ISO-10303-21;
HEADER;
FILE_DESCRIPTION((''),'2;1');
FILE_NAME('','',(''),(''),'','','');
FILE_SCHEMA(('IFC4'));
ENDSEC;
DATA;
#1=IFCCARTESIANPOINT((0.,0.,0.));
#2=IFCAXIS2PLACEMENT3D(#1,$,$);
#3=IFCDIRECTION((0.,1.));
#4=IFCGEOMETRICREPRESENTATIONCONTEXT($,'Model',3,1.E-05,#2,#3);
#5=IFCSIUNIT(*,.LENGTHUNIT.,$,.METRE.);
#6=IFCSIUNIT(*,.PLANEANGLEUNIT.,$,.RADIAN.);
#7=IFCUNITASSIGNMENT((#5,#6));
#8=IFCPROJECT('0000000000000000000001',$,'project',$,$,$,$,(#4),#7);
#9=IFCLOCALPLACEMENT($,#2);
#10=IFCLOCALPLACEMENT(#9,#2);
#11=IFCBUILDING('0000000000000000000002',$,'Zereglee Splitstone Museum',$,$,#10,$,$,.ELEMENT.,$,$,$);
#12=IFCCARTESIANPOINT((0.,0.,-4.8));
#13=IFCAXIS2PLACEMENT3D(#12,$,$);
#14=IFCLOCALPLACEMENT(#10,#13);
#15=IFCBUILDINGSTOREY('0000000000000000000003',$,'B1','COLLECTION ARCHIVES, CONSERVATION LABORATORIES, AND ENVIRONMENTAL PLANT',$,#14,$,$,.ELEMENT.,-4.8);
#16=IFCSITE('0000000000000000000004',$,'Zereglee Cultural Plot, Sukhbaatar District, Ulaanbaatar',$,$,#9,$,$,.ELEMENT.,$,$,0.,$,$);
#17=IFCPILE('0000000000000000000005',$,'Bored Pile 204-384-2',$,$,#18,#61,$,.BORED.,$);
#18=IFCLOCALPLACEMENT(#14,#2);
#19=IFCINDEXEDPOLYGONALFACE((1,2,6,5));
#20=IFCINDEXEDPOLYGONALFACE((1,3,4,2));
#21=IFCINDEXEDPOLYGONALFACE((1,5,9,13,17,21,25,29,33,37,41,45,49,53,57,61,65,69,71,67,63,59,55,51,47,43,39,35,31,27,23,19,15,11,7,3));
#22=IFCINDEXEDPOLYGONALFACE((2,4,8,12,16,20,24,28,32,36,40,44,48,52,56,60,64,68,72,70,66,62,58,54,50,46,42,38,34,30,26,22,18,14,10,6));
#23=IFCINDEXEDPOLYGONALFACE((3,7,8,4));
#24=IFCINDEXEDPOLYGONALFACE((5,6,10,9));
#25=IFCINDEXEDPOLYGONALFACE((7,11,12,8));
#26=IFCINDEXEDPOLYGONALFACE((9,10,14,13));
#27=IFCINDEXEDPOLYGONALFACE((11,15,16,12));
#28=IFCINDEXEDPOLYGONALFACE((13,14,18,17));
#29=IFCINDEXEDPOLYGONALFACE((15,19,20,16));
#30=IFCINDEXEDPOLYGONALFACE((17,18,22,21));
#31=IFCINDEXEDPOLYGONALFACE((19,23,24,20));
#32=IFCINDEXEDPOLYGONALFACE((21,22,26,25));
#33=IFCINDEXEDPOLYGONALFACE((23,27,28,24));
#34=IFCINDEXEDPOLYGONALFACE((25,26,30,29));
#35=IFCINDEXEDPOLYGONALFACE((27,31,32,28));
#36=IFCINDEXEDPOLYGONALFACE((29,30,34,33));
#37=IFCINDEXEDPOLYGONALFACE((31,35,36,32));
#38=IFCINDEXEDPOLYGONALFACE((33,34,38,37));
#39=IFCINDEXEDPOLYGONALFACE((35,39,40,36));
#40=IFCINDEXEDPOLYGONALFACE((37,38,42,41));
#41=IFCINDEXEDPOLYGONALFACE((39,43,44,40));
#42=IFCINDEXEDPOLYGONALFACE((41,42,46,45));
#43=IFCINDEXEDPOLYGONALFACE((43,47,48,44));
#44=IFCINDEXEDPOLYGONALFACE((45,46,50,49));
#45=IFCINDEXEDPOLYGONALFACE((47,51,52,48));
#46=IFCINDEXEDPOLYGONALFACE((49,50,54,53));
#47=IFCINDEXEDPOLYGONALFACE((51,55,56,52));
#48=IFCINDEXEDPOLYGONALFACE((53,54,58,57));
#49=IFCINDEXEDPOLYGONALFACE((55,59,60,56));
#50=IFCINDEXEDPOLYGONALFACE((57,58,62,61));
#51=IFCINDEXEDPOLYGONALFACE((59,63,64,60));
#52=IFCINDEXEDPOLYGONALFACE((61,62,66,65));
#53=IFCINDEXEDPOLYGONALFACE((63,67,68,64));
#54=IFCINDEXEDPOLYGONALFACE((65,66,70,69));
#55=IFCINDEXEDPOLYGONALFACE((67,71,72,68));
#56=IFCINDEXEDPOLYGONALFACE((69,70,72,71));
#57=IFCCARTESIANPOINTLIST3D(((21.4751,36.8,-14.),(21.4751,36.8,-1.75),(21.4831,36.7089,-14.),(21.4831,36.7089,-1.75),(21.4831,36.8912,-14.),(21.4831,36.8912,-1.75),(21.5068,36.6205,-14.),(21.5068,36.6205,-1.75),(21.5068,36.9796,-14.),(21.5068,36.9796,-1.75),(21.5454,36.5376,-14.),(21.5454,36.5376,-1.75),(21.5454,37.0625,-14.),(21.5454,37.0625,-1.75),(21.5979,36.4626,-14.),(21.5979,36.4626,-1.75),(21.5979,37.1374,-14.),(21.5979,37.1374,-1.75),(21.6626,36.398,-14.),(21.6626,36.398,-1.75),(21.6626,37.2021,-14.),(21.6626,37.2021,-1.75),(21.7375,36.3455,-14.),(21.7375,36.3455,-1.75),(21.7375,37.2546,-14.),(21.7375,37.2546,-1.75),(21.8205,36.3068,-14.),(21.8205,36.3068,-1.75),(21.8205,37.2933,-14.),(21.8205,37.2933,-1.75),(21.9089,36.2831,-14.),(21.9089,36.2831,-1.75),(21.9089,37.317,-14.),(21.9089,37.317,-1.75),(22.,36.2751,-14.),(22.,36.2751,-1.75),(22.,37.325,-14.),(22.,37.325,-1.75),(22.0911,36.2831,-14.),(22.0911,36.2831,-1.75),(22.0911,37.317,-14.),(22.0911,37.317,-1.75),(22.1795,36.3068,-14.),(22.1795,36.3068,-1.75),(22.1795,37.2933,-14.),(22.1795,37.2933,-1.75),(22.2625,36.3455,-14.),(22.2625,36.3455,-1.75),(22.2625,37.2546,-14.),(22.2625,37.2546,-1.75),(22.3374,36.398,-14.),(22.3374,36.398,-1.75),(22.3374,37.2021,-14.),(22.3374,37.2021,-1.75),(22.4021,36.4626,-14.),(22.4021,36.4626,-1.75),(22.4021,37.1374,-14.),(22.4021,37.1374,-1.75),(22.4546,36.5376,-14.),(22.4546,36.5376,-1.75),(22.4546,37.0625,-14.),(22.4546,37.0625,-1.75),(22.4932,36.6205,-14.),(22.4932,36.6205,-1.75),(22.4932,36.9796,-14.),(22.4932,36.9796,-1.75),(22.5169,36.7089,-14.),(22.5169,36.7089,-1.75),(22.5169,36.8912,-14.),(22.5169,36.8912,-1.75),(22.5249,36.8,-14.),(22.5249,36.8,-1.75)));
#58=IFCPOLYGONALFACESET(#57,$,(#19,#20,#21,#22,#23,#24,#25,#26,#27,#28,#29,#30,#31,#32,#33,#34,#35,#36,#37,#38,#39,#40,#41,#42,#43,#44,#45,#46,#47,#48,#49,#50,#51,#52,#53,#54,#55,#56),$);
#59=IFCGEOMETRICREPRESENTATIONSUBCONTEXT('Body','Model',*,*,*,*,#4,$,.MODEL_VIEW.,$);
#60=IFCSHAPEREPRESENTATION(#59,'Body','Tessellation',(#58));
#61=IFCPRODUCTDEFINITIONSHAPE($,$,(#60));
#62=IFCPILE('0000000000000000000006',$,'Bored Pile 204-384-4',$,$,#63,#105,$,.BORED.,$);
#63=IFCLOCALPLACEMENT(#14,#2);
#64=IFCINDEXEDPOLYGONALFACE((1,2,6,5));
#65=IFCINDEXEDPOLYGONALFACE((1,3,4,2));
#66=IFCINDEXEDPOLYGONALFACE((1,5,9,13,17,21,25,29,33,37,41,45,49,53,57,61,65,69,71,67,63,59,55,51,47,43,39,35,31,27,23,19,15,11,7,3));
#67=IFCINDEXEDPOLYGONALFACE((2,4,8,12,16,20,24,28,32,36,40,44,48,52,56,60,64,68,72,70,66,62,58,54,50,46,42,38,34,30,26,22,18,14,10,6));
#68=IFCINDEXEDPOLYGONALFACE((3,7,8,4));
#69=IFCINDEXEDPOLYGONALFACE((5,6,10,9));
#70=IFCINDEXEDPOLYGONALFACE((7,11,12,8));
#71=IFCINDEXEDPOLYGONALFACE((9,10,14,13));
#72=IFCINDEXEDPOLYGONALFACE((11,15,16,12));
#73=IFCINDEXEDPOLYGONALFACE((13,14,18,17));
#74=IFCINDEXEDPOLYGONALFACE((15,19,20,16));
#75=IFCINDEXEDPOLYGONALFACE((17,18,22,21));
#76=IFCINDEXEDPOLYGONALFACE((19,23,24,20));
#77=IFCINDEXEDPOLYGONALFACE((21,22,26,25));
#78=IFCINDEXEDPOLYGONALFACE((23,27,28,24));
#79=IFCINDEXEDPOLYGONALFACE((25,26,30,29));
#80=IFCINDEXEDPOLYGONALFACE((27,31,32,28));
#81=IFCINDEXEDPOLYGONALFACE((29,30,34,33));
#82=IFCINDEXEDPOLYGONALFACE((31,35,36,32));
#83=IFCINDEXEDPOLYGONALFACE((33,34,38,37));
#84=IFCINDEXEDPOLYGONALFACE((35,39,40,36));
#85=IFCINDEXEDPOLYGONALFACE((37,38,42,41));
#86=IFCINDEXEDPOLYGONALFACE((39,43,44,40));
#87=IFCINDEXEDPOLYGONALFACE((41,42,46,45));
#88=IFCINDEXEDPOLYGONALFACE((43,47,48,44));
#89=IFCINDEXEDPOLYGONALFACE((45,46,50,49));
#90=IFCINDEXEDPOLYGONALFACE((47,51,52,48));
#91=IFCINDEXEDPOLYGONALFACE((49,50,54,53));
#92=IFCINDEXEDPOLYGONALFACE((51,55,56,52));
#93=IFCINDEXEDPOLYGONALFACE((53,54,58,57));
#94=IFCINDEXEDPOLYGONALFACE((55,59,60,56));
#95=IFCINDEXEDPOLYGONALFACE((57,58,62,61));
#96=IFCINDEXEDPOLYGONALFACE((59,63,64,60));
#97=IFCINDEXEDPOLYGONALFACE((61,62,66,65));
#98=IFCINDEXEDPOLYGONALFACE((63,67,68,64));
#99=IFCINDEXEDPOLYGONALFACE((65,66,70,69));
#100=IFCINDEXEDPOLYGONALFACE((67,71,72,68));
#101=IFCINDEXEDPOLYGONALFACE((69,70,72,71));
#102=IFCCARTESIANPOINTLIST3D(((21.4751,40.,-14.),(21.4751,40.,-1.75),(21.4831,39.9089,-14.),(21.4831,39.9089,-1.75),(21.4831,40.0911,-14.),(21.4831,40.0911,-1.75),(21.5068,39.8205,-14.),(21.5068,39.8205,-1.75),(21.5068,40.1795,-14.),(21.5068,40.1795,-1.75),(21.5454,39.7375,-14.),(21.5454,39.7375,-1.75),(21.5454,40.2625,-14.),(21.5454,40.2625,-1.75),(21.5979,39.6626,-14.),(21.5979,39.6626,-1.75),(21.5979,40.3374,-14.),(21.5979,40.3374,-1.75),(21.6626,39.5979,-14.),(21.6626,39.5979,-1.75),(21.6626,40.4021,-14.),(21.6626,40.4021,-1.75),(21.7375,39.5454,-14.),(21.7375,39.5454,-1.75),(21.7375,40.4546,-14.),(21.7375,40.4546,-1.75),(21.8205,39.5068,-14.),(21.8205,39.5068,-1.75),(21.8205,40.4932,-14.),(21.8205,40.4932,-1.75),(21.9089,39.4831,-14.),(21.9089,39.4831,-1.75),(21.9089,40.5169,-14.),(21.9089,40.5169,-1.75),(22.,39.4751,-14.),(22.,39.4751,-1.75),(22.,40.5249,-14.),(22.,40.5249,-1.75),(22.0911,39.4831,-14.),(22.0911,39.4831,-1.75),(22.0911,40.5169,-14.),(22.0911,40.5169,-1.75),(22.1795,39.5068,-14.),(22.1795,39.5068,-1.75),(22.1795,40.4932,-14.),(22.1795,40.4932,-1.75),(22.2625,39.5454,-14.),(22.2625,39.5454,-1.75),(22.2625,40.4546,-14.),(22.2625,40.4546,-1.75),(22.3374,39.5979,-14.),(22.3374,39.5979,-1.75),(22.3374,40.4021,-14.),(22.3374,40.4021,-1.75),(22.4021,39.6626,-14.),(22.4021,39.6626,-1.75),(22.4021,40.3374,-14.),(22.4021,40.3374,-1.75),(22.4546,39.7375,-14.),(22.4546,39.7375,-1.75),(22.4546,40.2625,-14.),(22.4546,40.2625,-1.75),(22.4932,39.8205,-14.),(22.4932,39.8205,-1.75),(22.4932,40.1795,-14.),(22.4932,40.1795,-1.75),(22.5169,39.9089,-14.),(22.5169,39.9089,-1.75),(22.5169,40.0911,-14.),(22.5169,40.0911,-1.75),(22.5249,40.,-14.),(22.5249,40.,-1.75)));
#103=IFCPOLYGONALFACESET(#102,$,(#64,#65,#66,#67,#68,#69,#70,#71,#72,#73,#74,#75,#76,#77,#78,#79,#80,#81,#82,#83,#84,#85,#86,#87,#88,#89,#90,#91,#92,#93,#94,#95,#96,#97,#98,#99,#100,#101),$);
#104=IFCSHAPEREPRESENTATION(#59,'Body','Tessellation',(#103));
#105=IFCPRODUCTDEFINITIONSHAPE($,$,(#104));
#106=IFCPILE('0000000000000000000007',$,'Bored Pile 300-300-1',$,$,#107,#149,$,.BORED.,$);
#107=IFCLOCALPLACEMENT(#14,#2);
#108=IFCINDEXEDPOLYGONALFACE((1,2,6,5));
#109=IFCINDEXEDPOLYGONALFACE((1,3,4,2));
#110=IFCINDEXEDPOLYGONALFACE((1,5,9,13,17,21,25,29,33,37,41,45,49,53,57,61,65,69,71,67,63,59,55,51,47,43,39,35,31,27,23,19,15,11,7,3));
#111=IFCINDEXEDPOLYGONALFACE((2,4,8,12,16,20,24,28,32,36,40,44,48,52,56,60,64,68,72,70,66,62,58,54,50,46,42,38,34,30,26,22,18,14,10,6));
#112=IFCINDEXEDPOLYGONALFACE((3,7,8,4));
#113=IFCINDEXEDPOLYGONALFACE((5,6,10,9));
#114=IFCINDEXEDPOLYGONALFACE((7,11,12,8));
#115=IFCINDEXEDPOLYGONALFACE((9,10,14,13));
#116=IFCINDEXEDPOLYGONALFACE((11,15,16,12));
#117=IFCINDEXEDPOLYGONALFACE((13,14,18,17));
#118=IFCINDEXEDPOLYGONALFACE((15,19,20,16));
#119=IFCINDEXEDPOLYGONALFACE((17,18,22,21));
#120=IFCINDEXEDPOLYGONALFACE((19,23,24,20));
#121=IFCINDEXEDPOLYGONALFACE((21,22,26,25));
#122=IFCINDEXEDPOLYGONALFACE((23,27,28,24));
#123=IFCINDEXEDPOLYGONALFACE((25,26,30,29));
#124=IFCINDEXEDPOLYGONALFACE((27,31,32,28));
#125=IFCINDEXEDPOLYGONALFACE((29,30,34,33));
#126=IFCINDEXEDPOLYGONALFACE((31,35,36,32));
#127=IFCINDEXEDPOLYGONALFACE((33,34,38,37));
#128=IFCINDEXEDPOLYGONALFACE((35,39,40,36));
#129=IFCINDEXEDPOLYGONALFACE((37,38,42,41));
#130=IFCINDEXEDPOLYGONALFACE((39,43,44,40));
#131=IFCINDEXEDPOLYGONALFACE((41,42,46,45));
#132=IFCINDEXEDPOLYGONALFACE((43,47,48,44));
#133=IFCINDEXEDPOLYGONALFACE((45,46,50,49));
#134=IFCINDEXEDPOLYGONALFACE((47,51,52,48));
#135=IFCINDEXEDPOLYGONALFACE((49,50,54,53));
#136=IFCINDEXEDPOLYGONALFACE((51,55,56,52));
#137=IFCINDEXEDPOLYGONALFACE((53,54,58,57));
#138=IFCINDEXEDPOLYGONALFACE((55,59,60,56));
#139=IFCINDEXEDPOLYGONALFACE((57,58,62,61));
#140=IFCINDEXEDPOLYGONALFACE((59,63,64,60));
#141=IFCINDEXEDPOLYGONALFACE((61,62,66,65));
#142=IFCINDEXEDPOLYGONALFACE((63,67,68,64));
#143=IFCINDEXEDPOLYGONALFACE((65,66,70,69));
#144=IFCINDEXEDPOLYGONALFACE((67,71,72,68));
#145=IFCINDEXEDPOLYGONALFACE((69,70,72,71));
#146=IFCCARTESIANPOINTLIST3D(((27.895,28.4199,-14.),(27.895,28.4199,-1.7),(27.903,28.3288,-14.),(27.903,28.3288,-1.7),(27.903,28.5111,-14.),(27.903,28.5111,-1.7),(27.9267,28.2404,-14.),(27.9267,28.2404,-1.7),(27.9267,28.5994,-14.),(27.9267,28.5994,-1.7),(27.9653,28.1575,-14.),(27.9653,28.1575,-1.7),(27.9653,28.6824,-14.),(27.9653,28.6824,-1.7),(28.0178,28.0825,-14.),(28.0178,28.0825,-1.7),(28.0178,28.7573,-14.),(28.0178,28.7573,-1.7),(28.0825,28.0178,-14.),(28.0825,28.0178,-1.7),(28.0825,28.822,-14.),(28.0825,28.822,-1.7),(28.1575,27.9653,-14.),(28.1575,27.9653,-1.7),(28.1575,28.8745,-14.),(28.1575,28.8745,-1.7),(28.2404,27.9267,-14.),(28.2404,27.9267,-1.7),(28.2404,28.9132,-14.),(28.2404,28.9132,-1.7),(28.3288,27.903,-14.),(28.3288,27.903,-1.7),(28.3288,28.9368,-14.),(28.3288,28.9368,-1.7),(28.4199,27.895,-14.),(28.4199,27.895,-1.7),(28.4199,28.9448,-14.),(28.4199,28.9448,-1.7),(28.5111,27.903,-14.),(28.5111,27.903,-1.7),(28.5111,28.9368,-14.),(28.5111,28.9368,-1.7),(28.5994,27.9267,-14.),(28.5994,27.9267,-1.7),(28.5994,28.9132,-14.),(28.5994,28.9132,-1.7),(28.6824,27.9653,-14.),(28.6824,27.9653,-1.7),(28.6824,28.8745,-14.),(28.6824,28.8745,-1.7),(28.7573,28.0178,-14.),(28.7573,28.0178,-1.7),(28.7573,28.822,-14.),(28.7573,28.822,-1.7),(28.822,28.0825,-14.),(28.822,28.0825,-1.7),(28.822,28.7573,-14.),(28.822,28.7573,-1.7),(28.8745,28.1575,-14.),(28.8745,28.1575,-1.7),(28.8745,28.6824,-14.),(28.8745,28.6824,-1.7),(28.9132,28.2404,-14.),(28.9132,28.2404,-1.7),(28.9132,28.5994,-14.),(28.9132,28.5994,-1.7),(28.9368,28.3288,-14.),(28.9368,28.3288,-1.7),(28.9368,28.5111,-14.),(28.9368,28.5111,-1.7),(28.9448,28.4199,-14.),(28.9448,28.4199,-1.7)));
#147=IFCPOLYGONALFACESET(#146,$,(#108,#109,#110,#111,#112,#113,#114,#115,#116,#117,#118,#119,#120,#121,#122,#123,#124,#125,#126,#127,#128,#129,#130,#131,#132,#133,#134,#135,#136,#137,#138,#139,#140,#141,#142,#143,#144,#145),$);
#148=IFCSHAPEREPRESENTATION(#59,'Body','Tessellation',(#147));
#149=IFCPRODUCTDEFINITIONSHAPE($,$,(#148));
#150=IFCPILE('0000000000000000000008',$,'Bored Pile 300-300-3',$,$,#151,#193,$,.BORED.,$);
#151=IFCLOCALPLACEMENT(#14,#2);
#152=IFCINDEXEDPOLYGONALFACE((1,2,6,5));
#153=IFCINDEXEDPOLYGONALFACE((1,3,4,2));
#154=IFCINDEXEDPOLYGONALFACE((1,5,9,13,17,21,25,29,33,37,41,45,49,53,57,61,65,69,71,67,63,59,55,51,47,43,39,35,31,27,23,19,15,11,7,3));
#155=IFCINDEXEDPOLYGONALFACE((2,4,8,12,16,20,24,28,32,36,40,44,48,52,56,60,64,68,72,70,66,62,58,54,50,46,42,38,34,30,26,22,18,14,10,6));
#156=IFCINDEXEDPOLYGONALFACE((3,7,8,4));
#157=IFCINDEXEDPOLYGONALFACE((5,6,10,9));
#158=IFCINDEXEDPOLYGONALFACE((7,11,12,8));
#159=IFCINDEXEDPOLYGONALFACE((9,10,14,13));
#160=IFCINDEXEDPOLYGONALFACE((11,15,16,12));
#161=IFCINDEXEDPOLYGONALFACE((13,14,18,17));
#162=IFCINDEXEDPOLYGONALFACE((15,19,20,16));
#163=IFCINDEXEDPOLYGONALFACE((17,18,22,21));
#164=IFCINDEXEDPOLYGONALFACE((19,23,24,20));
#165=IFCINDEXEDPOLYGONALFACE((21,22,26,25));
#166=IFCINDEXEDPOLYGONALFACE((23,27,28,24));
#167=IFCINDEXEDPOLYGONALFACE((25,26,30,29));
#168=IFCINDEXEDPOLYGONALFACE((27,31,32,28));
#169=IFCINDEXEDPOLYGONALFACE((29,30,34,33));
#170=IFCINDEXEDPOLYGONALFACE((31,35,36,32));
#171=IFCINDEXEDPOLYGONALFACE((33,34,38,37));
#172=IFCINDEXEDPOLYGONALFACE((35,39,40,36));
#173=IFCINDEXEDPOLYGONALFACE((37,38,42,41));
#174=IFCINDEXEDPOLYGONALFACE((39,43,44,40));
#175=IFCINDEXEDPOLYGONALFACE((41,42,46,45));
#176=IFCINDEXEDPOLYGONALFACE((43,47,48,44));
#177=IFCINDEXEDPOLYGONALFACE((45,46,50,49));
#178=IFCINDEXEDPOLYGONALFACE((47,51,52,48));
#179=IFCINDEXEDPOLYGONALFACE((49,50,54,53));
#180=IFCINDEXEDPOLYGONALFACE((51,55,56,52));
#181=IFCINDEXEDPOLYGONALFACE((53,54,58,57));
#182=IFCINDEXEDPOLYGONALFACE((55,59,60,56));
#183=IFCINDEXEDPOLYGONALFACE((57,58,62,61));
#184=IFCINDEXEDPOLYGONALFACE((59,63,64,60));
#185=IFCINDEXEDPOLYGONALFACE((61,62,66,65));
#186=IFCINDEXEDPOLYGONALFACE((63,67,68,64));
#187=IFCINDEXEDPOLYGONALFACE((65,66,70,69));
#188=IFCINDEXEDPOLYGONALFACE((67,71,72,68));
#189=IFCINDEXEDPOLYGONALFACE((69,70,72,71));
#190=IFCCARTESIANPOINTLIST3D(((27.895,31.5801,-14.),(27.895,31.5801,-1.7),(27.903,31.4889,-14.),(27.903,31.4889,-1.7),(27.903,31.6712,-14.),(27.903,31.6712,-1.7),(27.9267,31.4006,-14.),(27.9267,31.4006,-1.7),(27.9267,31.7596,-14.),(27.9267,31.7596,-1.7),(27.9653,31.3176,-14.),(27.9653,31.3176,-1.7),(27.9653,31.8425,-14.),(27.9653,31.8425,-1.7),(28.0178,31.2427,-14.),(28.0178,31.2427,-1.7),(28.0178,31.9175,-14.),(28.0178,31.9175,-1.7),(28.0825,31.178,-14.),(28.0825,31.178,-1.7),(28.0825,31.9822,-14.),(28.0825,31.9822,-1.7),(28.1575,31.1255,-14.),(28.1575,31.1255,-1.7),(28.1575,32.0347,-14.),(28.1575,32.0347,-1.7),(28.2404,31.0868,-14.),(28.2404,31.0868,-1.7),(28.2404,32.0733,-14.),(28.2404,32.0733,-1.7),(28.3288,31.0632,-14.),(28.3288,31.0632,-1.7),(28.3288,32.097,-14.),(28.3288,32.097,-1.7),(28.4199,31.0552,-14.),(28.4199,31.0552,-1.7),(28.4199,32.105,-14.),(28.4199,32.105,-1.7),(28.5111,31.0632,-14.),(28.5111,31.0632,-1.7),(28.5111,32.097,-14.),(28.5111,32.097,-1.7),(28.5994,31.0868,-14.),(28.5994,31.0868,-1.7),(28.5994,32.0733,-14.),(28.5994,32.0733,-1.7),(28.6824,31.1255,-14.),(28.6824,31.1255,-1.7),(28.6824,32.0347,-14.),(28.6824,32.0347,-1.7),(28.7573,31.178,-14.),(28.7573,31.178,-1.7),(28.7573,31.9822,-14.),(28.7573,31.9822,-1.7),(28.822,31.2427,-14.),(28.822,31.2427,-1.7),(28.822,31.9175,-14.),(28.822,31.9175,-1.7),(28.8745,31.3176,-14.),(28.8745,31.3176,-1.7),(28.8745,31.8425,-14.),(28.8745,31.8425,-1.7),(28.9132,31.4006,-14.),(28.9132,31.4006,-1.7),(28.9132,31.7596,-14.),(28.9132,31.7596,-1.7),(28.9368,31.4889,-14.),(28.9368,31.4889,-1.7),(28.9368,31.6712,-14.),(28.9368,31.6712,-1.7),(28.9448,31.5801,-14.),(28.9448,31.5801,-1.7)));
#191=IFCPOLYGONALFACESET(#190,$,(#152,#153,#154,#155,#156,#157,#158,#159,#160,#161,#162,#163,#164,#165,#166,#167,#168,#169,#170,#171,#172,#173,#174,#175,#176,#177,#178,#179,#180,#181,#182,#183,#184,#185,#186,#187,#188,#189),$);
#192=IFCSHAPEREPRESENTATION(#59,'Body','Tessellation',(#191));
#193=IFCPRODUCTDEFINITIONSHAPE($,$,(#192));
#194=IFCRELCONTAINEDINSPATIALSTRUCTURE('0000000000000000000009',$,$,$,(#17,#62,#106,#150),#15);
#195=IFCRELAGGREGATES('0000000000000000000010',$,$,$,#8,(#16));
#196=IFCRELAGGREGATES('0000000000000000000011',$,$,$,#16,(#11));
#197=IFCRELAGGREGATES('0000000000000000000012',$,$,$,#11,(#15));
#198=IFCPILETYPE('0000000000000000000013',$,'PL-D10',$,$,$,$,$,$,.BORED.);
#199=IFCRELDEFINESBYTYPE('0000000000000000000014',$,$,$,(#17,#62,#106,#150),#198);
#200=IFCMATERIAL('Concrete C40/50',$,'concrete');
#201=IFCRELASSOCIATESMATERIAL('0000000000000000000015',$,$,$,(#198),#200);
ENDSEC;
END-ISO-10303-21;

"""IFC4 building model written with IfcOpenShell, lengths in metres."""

from ifc_helpers import new_model, si_unit, direction, frame, origin, origin_2d, place, context, subcontext, project, spatial, circle, extrude, material, material_profile, profile_set, type_object, element, save


model = new_model("IFC4")

# Units and contexts
model_context = context("Model", 3, precision=1e-05, world=origin(), true_north=direction((0.0, 1.0)))
body_context = subcontext(model_context, "Body", "Model", "MODEL_VIEW")
ifc_project = project(units=[si_unit("LENGTHUNIT", "METRE"), si_unit("PLANEANGLEUNIT", "RADIAN")], contexts=[model_context])

# Site, building, storey
site_placement = place(None, origin())
site = spatial("IfcSite", under=ifc_project, at=site_placement, Name="Zereglee Cultural Plot, Sukhbaatar District, Ulaanbaatar", CompositionType="ELEMENT", RefElevation=0.0)
building_placement = place(site_placement, origin())
building = spatial("IfcBuilding", under=site, at=building_placement, Name="Zereglee Splitstone Museum", CompositionType="ELEMENT")
storey_placement = place(building_placement, frame((0.0, 0.0, -4.8)))
storey = spatial("IfcBuildingStorey", under=building, at=storey_placement, Name="B1", Description="COLLECTION ARCHIVES, CONSERVATION LABORATORIES, AND ENVIRONMENTAL PLANT", CompositionType="ELEMENT", Elevation=-4.8)

# Shared definitions
ifc_material_1 = material(Name="Concrete C40/50", Category="concrete")

# Piles
ifc_material_profile_1 = material_profile(ifc_material_1, circle(Radius=0.5249, at=origin_2d()), Name="PILE D1050")
ifc_profile_set_1 = profile_set([ifc_material_profile_1], Name="Concrete C40/50")
pile_type = type_object("IfcPileType", Name="PL-D10", PredefinedType="BORED", material=ifc_profile_set_1)
for number, where, z_axis, x_axis, name in (
    (1, (22.0, 36.8, -1.75), (0.0, 0.0, -1.0), (1.0, 0.0, 0.0), "Bored Pile 204-384-2"),
    (2, (22.0, 40.0, -1.75), (0.0, 0.0, -1.0), (1.0, 0.0, 0.0), "Bored Pile 204-384-4"),
):
    element("IfcPile", number, at=place(storey_placement, frame(where, z_axis=z_axis, x_axis=x_axis)), inside=storey, type_object=pile_type, Name=name, PredefinedType="BORED", context=body_context, shape_type="SweptSolid", body=[
        extrude(circle(Radius=0.5249, at=origin_2d()), origin(), (0.0, 0.0, 1.0), 12.25),
    ])
for number, where, z_axis, x_axis, name in (
    (3, (28.4199, 28.4199, -1.7), (0.0, 0.0, -1.0), (1.0, 0.0, 0.0), "Bored Pile 300-300-1"),
    (4, (28.4199, 31.5801, -1.7), (0.0, 0.0, -1.0), (1.0, 0.0, 0.0), "Bored Pile 300-300-3"),
):
    element("IfcPile", number, at=place(storey_placement, frame(where, z_axis=z_axis, x_axis=x_axis)), inside=storey, type_object=pile_type, Name=name, PredefinedType="BORED", context=body_context, shape_type="SweptSolid", body=[
        extrude(circle(Radius=0.5249, at=origin_2d()), origin(), (0.0, 0.0, 1.0), 12.3),
    ])

save(model, "model.ifc")
